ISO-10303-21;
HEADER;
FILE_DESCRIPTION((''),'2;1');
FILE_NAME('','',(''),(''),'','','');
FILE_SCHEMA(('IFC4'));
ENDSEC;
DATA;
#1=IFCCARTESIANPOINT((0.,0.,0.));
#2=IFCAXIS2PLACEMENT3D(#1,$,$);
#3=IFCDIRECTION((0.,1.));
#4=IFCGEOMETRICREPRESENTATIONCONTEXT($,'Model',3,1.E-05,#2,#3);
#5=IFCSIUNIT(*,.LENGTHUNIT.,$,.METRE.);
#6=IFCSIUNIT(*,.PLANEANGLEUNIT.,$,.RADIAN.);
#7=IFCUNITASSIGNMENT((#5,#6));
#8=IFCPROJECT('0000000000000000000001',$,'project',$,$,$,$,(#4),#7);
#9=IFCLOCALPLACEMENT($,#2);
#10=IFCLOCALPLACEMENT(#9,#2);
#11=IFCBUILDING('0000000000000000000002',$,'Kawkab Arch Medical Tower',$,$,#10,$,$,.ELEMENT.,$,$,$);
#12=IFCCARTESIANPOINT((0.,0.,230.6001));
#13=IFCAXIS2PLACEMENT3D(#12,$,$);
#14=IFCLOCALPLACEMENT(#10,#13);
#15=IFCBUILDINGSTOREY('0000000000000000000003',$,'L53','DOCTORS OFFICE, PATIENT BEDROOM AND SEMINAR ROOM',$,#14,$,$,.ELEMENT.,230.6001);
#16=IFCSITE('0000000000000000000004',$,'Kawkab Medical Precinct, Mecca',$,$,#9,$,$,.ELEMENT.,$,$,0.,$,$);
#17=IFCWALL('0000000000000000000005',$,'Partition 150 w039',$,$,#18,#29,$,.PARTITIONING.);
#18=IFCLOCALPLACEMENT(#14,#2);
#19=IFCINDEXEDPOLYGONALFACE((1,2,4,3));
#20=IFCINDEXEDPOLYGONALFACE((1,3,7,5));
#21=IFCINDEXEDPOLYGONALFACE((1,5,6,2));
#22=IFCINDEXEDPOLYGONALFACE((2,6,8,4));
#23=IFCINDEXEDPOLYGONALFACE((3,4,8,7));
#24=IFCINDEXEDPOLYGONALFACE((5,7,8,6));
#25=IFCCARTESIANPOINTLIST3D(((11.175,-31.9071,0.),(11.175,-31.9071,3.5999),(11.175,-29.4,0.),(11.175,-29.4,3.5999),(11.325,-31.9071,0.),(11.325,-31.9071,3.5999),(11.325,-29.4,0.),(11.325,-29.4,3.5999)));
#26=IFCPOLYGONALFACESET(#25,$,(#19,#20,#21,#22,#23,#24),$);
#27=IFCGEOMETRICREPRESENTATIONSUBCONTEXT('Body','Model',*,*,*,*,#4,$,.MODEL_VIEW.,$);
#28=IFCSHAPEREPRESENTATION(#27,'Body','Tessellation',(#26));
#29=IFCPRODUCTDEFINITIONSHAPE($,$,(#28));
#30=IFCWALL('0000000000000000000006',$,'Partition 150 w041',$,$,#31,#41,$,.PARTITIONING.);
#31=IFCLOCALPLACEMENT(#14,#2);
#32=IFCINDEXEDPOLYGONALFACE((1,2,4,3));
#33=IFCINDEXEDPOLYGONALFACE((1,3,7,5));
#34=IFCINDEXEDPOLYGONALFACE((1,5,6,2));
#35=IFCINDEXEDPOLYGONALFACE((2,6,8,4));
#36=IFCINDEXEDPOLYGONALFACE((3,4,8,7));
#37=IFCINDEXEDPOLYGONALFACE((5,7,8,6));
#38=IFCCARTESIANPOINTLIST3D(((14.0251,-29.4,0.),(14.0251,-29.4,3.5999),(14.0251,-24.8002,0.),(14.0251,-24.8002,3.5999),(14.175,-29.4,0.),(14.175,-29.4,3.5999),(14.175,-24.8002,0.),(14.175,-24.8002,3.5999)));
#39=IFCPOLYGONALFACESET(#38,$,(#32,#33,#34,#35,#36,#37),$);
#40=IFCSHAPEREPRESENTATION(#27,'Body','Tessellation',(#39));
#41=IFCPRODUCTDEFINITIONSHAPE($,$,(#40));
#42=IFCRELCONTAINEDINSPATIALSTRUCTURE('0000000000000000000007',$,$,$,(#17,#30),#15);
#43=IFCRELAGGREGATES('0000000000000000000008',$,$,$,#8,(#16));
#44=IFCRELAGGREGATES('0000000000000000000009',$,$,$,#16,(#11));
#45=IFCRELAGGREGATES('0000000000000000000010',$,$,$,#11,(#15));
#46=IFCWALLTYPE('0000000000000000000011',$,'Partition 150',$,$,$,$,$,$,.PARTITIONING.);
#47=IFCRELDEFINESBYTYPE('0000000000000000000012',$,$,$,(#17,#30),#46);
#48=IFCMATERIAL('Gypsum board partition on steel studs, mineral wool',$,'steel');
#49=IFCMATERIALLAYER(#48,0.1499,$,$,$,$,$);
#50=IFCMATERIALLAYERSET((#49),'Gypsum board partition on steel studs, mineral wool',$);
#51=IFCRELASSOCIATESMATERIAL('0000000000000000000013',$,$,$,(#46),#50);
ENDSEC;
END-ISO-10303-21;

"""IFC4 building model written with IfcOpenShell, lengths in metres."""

from ifc_helpers import new_model, si_unit, direction, frame, frame_2d, origin, place, context, subcontext, project, spatial, rectangle, extrude, material, layer, layer_set, type_object, element, save


model = new_model("IFC4")

# Units and contexts
model_context = context("Model", 3, precision=1e-05, world=origin(), true_north=direction((0.0, 1.0)))
body_context = subcontext(model_context, "Body", "Model", "MODEL_VIEW")
ifc_project = project(units=[si_unit("LENGTHUNIT", "METRE"), si_unit("PLANEANGLEUNIT", "RADIAN")], contexts=[model_context])

# Site, building, storey
site_placement = place(None, origin())
site = spatial("IfcSite", under=ifc_project, at=site_placement, Name="Kawkab Medical Precinct, Mecca", CompositionType="ELEMENT", RefElevation=0.0)
building_placement = place(site_placement, origin())
building = spatial("IfcBuilding", under=site, at=building_placement, Name="Kawkab Arch Medical Tower", CompositionType="ELEMENT")
storey_placement = place(building_placement, frame((0.0, 0.0, 230.6001)))
storey = spatial("IfcBuildingStorey", under=building, at=storey_placement, Name="L53", Description="DOCTORS OFFICE, PATIENT BEDROOM AND SEMINAR ROOM", CompositionType="ELEMENT", Elevation=230.6001)

# Shared definitions
ifc_material_1 = material(Name="Gypsum board partition on steel studs, mineral wool", Category="steel")
ifc_layer_1 = layer(ifc_material_1, 0.1499)
ifc_layer_set_1 = layer_set([ifc_layer_1], Name="Gypsum board partition on steel studs, mineral wool")
wall_type_1 = type_object("IfcWallType", Name="Partition 150", PredefinedType="PARTITIONING", material=ifc_layer_set_1)

# Walls
wall_1_placement = place(storey_placement, frame((11.25, -31.907, 0.0), z_axis=(0.0, 0.0, 1.0), x_axis=(0.0, 1.0, 0.0)))
element("IfcWall", 1, at=wall_1_placement, inside=storey, type_object=wall_type_1, Name="Partition 150 w039", PredefinedType="PARTITIONING", context=body_context, shape_type="SweptSolid", body=[
    extrude(rectangle(XDim=2.5071, YDim=0.1499, at=frame_2d((1.2534, 0.0))), origin(), (0.0, 0.0, 1.0), 3.5999),
])
wall_2_placement = place(storey_placement, frame((14.1001, -29.3999, 0.0), z_axis=(0.0, 0.0, 1.0), x_axis=(0.0, 1.0, 0.0)))
element("IfcWall", 2, at=wall_2_placement, inside=storey, type_object=wall_type_1, Name="Partition 150 w041", PredefinedType="PARTITIONING", context=body_context, shape_type="SweptSolid", body=[
    extrude(rectangle(XDim=4.5999, YDim=0.1499, at=frame_2d((2.2998, 0.0))), origin(), (0.0, 0.0, 1.0), 3.5999),
])

save(model, "model.ifc")
